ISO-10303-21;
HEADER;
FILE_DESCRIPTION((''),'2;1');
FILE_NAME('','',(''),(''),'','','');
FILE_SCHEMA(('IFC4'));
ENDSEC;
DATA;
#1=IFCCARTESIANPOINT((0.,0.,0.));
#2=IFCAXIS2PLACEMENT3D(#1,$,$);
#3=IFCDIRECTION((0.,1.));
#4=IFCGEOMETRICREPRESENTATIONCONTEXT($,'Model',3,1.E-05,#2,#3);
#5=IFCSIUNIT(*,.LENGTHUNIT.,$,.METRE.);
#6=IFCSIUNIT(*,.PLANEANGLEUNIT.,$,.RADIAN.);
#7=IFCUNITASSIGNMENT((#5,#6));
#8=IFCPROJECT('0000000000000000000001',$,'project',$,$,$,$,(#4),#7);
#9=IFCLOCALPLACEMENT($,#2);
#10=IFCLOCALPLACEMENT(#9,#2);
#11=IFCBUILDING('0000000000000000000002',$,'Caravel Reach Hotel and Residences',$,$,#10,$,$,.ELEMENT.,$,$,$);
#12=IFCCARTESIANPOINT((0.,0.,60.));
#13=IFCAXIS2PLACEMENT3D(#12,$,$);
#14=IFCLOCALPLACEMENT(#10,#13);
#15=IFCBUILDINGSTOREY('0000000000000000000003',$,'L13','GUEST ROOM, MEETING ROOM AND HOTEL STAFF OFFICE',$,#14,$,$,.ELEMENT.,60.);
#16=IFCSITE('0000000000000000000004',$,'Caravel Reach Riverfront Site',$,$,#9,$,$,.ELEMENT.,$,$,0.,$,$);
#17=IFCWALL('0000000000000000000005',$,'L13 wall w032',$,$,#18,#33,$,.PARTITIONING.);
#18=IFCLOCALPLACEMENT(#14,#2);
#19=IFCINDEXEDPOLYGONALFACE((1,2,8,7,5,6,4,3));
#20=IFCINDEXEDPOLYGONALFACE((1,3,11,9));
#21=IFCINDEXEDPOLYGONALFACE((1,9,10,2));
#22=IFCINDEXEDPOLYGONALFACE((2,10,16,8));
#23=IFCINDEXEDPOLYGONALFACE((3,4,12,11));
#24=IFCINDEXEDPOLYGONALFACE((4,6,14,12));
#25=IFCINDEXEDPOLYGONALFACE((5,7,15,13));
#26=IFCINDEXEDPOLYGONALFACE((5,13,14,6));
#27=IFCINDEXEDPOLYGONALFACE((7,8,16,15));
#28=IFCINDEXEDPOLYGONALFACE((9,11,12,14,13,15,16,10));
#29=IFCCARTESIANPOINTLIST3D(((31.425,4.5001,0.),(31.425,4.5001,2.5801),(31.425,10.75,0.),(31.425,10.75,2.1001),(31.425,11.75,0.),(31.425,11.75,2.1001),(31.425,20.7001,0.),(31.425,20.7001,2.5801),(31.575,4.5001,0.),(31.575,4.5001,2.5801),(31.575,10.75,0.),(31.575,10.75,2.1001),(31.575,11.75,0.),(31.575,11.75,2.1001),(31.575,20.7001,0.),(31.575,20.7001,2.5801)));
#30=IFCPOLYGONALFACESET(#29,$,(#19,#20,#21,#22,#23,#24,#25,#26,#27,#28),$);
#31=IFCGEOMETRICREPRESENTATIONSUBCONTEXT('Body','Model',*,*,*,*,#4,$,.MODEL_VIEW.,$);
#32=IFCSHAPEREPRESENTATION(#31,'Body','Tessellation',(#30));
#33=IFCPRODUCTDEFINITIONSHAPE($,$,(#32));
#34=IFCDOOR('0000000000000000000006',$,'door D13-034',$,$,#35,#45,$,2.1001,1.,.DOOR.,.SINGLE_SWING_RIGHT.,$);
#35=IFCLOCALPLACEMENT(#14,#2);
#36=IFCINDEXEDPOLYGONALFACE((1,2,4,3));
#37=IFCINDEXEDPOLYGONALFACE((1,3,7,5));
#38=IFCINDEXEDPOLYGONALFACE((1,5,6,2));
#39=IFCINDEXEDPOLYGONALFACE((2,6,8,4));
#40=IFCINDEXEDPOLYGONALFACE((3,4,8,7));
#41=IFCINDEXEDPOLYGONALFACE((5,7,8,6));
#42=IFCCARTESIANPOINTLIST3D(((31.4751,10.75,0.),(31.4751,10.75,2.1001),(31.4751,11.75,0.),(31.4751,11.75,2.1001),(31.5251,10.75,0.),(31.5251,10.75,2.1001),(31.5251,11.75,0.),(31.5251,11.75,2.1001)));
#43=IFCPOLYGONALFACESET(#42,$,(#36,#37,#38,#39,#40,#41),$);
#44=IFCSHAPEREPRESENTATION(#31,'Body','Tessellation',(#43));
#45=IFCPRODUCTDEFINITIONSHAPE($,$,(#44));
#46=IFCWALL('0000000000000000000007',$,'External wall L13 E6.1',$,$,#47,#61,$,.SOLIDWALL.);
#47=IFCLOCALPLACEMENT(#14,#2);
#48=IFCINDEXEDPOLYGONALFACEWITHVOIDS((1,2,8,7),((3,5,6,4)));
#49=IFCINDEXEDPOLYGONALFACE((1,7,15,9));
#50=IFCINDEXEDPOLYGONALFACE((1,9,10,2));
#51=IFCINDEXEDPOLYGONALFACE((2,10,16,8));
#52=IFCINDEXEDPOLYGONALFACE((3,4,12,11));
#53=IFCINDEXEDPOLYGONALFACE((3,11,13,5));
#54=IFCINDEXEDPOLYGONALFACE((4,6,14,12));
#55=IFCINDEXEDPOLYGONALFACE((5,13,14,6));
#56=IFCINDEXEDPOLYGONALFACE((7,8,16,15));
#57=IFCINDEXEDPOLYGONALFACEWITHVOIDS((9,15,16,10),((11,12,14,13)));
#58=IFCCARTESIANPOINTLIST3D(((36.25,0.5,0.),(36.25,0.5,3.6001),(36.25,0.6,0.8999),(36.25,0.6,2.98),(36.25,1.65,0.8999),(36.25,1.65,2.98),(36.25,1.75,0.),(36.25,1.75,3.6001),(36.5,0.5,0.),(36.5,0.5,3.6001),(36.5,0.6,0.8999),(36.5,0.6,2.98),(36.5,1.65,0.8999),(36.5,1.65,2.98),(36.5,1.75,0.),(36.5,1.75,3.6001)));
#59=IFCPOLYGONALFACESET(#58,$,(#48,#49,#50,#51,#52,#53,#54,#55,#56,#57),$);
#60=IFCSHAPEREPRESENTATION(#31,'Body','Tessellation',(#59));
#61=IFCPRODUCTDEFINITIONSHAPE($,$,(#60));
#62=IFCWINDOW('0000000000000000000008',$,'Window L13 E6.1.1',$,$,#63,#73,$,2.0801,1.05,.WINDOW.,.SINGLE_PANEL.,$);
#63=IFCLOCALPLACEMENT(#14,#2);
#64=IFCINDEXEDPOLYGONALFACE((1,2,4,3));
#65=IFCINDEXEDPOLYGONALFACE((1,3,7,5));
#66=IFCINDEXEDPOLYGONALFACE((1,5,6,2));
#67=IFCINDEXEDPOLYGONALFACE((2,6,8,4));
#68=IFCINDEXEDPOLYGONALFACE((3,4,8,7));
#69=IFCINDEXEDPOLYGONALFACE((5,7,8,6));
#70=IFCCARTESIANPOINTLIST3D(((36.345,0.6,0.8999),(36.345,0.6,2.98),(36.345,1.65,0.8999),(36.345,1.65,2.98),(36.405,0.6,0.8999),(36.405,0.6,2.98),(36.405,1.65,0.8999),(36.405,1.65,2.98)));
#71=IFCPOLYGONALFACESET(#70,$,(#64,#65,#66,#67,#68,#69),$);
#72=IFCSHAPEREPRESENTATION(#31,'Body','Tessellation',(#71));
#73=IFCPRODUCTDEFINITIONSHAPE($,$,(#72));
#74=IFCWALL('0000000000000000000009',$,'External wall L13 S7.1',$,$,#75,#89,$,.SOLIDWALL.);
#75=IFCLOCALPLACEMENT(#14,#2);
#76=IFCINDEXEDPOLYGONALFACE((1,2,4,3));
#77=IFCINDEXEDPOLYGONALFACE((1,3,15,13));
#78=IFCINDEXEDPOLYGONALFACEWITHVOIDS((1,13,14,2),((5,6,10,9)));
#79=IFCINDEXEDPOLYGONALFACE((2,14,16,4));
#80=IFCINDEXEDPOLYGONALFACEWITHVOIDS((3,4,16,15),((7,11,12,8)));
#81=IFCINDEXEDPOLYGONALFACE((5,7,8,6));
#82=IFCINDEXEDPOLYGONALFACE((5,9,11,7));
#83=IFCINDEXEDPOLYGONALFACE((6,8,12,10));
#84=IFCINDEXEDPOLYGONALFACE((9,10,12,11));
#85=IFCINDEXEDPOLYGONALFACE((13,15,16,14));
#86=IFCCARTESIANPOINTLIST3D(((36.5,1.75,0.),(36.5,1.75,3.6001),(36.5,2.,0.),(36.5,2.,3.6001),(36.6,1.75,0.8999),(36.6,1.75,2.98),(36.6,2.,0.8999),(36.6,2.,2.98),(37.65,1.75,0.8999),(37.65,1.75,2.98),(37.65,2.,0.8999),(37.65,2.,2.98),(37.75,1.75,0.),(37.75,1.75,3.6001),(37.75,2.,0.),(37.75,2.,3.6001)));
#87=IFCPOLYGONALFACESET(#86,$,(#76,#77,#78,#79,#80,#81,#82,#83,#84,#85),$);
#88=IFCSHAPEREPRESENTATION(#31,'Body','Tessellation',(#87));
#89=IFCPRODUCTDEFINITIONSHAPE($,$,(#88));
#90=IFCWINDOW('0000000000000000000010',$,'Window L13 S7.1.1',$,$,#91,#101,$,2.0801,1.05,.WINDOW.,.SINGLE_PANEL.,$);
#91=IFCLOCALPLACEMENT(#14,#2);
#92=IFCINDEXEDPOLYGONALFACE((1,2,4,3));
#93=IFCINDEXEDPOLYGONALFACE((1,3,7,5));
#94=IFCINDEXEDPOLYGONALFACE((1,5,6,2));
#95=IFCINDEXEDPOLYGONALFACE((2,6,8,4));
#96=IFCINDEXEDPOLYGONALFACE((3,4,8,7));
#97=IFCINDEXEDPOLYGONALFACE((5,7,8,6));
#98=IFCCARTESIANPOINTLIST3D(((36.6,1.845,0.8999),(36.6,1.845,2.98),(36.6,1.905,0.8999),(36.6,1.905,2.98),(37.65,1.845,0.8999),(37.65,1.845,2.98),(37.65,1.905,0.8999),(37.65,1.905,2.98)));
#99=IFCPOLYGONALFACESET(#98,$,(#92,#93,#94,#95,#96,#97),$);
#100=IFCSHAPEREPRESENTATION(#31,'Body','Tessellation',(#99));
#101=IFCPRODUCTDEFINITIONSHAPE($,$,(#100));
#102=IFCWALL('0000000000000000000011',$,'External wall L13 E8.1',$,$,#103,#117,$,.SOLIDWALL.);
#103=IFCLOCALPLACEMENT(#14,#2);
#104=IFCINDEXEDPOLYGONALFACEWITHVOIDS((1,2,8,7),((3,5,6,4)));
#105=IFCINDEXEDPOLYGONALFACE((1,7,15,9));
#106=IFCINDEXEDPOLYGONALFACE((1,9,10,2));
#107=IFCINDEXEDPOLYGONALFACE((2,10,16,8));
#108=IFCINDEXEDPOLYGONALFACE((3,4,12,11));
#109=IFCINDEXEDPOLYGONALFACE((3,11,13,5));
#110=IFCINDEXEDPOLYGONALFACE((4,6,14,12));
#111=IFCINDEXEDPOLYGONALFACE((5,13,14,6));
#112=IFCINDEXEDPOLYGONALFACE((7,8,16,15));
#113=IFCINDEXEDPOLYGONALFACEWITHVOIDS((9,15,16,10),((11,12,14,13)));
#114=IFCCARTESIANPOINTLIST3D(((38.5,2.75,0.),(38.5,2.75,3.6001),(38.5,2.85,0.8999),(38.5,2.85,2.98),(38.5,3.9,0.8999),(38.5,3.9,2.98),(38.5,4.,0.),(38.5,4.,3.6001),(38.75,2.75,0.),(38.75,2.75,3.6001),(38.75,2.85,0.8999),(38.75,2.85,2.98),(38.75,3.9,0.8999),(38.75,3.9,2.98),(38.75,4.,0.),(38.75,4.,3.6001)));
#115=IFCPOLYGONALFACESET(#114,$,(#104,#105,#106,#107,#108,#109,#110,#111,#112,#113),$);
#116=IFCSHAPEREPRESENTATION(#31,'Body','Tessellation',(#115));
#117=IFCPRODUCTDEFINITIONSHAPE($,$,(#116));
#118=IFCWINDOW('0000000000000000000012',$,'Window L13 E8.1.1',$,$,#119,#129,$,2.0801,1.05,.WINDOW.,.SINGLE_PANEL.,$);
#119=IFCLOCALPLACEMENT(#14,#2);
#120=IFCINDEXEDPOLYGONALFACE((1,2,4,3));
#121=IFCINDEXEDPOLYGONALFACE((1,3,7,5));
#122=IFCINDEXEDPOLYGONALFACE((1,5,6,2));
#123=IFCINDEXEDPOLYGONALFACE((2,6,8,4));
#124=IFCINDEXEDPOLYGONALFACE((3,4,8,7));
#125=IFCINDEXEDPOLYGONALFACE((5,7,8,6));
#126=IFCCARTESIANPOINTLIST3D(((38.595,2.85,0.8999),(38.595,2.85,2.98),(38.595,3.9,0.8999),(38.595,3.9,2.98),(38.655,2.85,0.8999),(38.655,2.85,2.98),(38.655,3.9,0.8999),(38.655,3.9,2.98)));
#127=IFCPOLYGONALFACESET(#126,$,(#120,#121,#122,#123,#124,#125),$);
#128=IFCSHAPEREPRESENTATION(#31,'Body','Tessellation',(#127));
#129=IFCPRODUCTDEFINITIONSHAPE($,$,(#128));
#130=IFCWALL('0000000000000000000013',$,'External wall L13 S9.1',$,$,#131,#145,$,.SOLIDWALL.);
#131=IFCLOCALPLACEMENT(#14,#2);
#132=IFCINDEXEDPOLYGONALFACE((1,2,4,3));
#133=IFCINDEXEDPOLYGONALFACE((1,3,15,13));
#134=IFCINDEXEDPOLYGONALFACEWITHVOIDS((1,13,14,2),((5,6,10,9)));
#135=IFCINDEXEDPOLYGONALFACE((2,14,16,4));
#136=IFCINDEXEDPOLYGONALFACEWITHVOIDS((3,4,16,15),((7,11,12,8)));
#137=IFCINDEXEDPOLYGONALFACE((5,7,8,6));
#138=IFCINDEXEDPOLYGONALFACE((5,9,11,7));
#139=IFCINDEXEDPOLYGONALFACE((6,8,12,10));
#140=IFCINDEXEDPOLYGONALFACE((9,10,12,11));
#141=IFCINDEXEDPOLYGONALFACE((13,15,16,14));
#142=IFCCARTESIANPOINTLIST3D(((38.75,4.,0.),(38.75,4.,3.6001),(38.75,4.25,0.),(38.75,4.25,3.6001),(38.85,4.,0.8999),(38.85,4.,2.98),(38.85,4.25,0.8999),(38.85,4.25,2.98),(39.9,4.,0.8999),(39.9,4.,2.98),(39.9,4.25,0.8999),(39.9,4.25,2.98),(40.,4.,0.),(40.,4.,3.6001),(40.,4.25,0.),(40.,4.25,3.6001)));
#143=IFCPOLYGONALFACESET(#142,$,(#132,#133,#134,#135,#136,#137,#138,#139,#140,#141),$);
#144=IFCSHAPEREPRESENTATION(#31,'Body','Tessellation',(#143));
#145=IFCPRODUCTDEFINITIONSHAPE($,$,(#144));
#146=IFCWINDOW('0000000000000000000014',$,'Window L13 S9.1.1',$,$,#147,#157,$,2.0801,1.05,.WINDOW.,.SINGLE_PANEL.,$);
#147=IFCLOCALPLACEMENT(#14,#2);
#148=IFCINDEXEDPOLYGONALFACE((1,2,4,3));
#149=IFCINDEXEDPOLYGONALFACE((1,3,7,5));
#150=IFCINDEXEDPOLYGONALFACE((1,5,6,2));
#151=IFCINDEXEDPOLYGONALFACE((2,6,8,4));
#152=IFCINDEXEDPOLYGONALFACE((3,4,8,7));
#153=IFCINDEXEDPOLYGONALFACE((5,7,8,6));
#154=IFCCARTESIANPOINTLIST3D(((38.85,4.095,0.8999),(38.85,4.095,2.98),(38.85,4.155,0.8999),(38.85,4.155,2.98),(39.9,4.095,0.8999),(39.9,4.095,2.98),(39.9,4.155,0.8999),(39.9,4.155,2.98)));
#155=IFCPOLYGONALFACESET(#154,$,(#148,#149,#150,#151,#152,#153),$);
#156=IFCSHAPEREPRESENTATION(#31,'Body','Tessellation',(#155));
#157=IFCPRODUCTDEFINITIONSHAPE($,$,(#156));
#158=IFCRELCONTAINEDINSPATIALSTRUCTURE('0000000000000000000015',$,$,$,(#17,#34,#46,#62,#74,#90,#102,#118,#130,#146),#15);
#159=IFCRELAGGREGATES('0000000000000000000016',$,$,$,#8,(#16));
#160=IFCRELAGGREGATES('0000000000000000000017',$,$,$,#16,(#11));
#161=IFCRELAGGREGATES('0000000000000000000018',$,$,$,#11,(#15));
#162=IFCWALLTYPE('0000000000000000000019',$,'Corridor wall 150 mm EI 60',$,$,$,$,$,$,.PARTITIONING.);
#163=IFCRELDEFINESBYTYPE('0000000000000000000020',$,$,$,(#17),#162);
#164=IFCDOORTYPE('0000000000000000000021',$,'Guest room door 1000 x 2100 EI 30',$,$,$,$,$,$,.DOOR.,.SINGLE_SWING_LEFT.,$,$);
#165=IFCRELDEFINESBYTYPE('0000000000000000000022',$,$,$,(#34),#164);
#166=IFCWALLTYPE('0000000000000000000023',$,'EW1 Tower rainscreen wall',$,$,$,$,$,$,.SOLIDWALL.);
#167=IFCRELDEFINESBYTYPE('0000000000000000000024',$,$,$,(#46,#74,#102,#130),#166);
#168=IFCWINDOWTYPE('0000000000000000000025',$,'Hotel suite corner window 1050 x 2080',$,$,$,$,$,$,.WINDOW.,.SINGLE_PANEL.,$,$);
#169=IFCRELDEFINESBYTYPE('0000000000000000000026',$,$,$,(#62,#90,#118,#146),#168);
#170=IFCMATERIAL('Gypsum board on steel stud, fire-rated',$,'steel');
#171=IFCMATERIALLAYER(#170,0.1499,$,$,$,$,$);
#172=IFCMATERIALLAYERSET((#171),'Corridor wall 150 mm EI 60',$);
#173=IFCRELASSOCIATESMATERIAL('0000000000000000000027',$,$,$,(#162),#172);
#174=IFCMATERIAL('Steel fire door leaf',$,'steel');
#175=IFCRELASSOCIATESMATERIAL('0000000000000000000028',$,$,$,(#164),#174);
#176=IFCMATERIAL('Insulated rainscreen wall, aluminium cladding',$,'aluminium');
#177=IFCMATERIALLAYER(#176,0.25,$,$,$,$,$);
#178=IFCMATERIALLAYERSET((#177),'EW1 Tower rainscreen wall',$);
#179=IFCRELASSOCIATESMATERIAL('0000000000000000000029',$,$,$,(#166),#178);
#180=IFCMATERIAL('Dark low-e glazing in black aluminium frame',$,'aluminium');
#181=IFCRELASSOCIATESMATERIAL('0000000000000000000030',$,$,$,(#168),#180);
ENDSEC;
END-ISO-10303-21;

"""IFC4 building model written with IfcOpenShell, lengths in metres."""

from ifc_helpers import new_model, si_unit, direction, frame, frame_2d, origin, place, context, subcontext, project, spatial, rectangle, extrude, material, layer, layer_set, type_object, element, fill, save


model = new_model("IFC4")

# Units and contexts
model_context = context("Model", 3, precision=1e-05, world=origin(), true_north=direction((0.0, 1.0)))
body_context = subcontext(model_context, "Body", "Model", "MODEL_VIEW")
ifc_project = project(units=[si_unit("LENGTHUNIT", "METRE"), si_unit("PLANEANGLEUNIT", "RADIAN")], contexts=[model_context])

# Site, building, storey
site_placement = place(None, origin())
site = spatial("IfcSite", under=ifc_project, at=site_placement, Name="Caravel Reach Riverfront Site", CompositionType="ELEMENT", RefElevation=0.0)
building_placement = place(site_placement, origin())
building = spatial("IfcBuilding", under=site, at=building_placement, Name="Caravel Reach Hotel and Residences", CompositionType="ELEMENT")
storey_placement = place(building_placement, frame((0.0, 0.0, 60.0)))
storey = spatial("IfcBuildingStorey", under=building, at=storey_placement, Name="L13", Description="GUEST ROOM, MEETING ROOM AND HOTEL STAFF OFFICE", CompositionType="ELEMENT", Elevation=60.0)

# Wall, opening, door
ifc_material_1 = material(Name="Gypsum board on steel stud, fire-rated", Category="steel")
ifc_layer_1 = layer(ifc_material_1, 0.1499)
ifc_layer_set_1 = layer_set([ifc_layer_1], Name="Corridor wall 150 mm EI 60")
wall_type_1 = type_object("IfcWallType", Name="Corridor wall 150 mm EI 60", PredefinedType="PARTITIONING", material=ifc_layer_set_1)
wall_1_placement = place(storey_placement, frame((31.5, 4.5, 0.0), z_axis=(0.0, 0.0, 1.0), x_axis=(0.0, 1.0, 0.0)))
wall_1 = element("IfcWall", 1, at=wall_1_placement, inside=storey, type_object=wall_type_1, Name="L13 wall w032", PredefinedType="PARTITIONING", context=body_context, shape_type="SweptSolid", body=[
    extrude(rectangle(XDim=16.2, YDim=0.1499, at=frame_2d((8.1001, 0.0))), origin(), (0.0, 0.0, 1.0), 2.5801),
])
opening_1_placement = place(wall_1_placement, frame((6.25, 0.0, 0.0)))
opening_1 = element("IfcOpeningElement", 2, at=opening_1_placement, cuts=wall_1, PredefinedType="OPENING", context=body_context, shape_type="SweptSolid", body=[
    extrude(rectangle(XDim=1.0, YDim=2.1001, at=frame_2d((0.5, 1.05))), frame((0.0, 0.085, 0.0), z_axis=(0.0, -1.0, 0.0), x_axis=(1.0, 0.0, 0.0)), (0.0, 0.0, 1.0), 0.1699),
])
ifc_material_2 = material(Name="Steel fire door leaf", Category="steel")
door_type_1 = type_object("IfcDoorType", Name="Guest room door 1000 x 2100 EI 30", OperationType="SINGLE_SWING_LEFT", PredefinedType="DOOR", material=ifc_material_2)
door_1_placement = place(opening_1_placement, origin())
door_1 = element("IfcDoor", 3, at=door_1_placement, inside=storey, type_object=door_type_1, Name="door D13-034", OperationType="SINGLE_SWING_RIGHT", OverallHeight=2.1001, OverallWidth=1.0, PredefinedType="DOOR", context=body_context, shape_type="SweptSolid", body=[
    extrude(rectangle(XDim=1.0, YDim=2.1001, at=frame_2d((0.5, 1.05))), frame((0.0, 0.0249, 0.0), z_axis=(0.0, -1.0, 0.0), x_axis=(1.0, 0.0, 0.0)), (0.0, 0.0, 1.0), 0.05),
])
fill(opening_1, door_1)

# Walls, openings, windows
ifc_material_3 = material(Name="Insulated rainscreen wall, aluminium cladding", Category="aluminium")
ifc_layer_2 = layer(ifc_material_3, 0.25)
ifc_layer_set_2 = layer_set([ifc_layer_2], Name="EW1 Tower rainscreen wall")
wall_type_2 = type_object("IfcWallType", Name="EW1 Tower rainscreen wall", PredefinedType="SOLIDWALL", material=ifc_layer_set_2)
wall_2_placement = place(storey_placement, frame((36.375, 0.5, 0.0), z_axis=(0.0, 0.0, 1.0), x_axis=(0.0, 1.0, 0.0)))
wall_2 = element("IfcWall", 4, at=wall_2_placement, inside=storey, type_object=wall_type_2, Name="External wall L13 E6.1", PredefinedType="SOLIDWALL", context=body_context, shape_type="SweptSolid", body=[
    extrude(rectangle(XDim=1.25, YDim=0.25, at=frame_2d((0.625, 0.0))), origin(), (0.0, 0.0, 1.0), 3.6001),
])
opening_2_placement = place(wall_2_placement, frame((0.1001, 0.0, 0.8999)))
opening_2 = element("IfcOpeningElement", 5, at=opening_2_placement, cuts=wall_2, PredefinedType="OPENING", context=body_context, shape_type="SweptSolid", body=[
    extrude(rectangle(XDim=1.05, YDim=2.0801, at=frame_2d((0.5249, 1.04))), frame((0.0, 0.135, 0.0), z_axis=(0.0, -1.0, 0.0), x_axis=(1.0, 0.0, 0.0)), (0.0, 0.0, 1.0), 0.27),
])
ifc_material_4 = material(Name="Dark low-e glazing in black aluminium frame", Category="aluminium")
window_type_1 = type_object("IfcWindowType", Name="Hotel suite corner window 1050 x 2080", PartitioningType="SINGLE_PANEL", PredefinedType="WINDOW", material=ifc_material_4)
window_1_placement = place(opening_2_placement, origin())
window_1 = element("IfcWindow", 6, at=window_1_placement, inside=storey, type_object=window_type_1, Name="Window L13 E6.1.1", OverallHeight=2.0801, OverallWidth=1.05, PartitioningType="SINGLE_PANEL", PredefinedType="WINDOW", context=body_context, shape_type="SweptSolid", body=[
    extrude(rectangle(XDim=1.05, YDim=2.0801, at=frame_2d((0.5249, 1.04))), frame((0.0, 0.03, 0.0), z_axis=(0.0, -1.0, 0.0), x_axis=(1.0, 0.0, 0.0)), (0.0, 0.0, 1.0), 0.0601),
])
fill(opening_2, window_1)
wall_3_placement = place(storey_placement, frame((36.5, 1.875, 0.0), z_axis=(0.0, 0.0, 1.0), x_axis=(1.0, 0.0, 0.0)))
wall_3 = element("IfcWall", 7, at=wall_3_placement, inside=storey, type_object=wall_type_2, Name="External wall L13 S7.1", PredefinedType="SOLIDWALL", context=body_context, shape_type="SweptSolid", body=[
    extrude(rectangle(XDim=1.25, YDim=0.25, at=frame_2d((0.625, 0.0))), origin(), (0.0, 0.0, 1.0), 3.6001),
])
opening_3_placement = place(wall_3_placement, frame((0.1001, 0.0, 0.8999)))
opening_3 = element("IfcOpeningElement", 8, at=opening_3_placement, cuts=wall_3, PredefinedType="OPENING", context=body_context, shape_type="SweptSolid", body=[
    extrude(rectangle(XDim=1.05, YDim=2.0801, at=frame_2d((0.5249, 1.04))), frame((0.0, 0.135, 0.0), z_axis=(0.0, -1.0, 0.0), x_axis=(1.0, 0.0, 0.0)), (0.0, 0.0, 1.0), 0.27),
])
window_2_placement = place(opening_3_placement, origin())
window_2 = element("IfcWindow", 9, at=window_2_placement, inside=storey, type_object=window_type_1, Name="Window L13 S7.1.1", OverallHeight=2.0801, OverallWidth=1.05, PartitioningType="SINGLE_PANEL", PredefinedType="WINDOW", context=body_context, shape_type="SweptSolid", body=[
    extrude(rectangle(XDim=1.05, YDim=2.0801, at=frame_2d((0.5249, 1.04))), frame((0.0, 0.03, 0.0), z_axis=(0.0, -1.0, 0.0), x_axis=(1.0, 0.0, 0.0)), (0.0, 0.0, 1.0), 0.0601),
])
fill(opening_3, window_2)
wall_4_placement = place(storey_placement, frame((38.625, 2.75, 0.0), z_axis=(0.0, 0.0, 1.0), x_axis=(0.0, 1.0, 0.0)))
wall_4 = element("IfcWall", 10, at=wall_4_placement, inside=storey, type_object=wall_type_2, Name="External wall L13 E8.1", PredefinedType="SOLIDWALL", context=body_context, shape_type="SweptSolid", body=[
    extrude(rectangle(XDim=1.25, YDim=0.25, at=frame_2d((0.625, 0.0))), origin(), (0.0, 0.0, 1.0), 3.6001),
])
opening_4_placement = place(wall_4_placement, frame((0.1001, 0.0, 0.8999)))
opening_4 = element("IfcOpeningElement", 11, at=opening_4_placement, cuts=wall_4, PredefinedType="OPENING", context=body_context, shape_type="SweptSolid", body=[
    extrude(rectangle(XDim=1.05, YDim=2.0801, at=frame_2d((0.5249, 1.04))), frame((0.0, 0.135, 0.0), z_axis=(0.0, -1.0, 0.0), x_axis=(1.0, 0.0, 0.0)), (0.0, 0.0, 1.0), 0.27),
])
window_3_placement = place(opening_4_placement, origin())
window_3 = element("IfcWindow", 12, at=window_3_placement, inside=storey, type_object=window_type_1, Name="Window L13 E8.1.1", OverallHeight=2.0801, OverallWidth=1.05, PartitioningType="SINGLE_PANEL", PredefinedType="WINDOW", context=body_context, shape_type="SweptSolid", body=[
    extrude(rectangle(XDim=1.05, YDim=2.0801, at=frame_2d((0.5249, 1.04))), frame((0.0, 0.03, 0.0), z_axis=(0.0, -1.0, 0.0), x_axis=(1.0, 0.0, 0.0)), (0.0, 0.0, 1.0), 0.0601),
])
fill(opening_4, window_3)
wall_5_placement = place(storey_placement, frame((38.75, 4.125, 0.0), z_axis=(0.0, 0.0, 1.0), x_axis=(1.0, 0.0, 0.0)))
wall_5 = element("IfcWall", 13, at=wall_5_placement, inside=storey, type_object=wall_type_2, Name="External wall L13 S9.1", PredefinedType="SOLIDWALL", context=body_context, shape_type="SweptSolid", body=[
    extrude(rectangle(XDim=1.25, YDim=0.25, at=frame_2d((0.625, 0.0))), origin(), (0.0, 0.0, 1.0), 3.6001),
])
opening_5_placement = place(wall_5_placement, frame((0.1001, 0.0, 0.8999)))
opening_5 = element("IfcOpeningElement", 14, at=opening_5_placement, cuts=wall_5, PredefinedType="OPENING", context=body_context, shape_type="SweptSolid", body=[
    extrude(rectangle(XDim=1.05, YDim=2.0801, at=frame_2d((0.5249, 1.04))), frame((0.0, 0.135, 0.0), z_axis=(0.0, -1.0, 0.0), x_axis=(1.0, 0.0, 0.0)), (0.0, 0.0, 1.0), 0.27),
])
window_4_placement = place(opening_5_placement, origin())
window_4 = element("IfcWindow", 15, at=window_4_placement, inside=storey, type_object=window_type_1, Name="Window L13 S9.1.1", OverallHeight=2.0801, OverallWidth=1.05, PartitioningType="SINGLE_PANEL", PredefinedType="WINDOW", context=body_context, shape_type="SweptSolid", body=[
    extrude(rectangle(XDim=1.05, YDim=2.0801, at=frame_2d((0.5249, 1.04))), frame((0.0, 0.03, 0.0), z_axis=(0.0, -1.0, 0.0), x_axis=(1.0, 0.0, 0.0)), (0.0, 0.0, 1.0), 0.0601),
])
fill(opening_5, window_4)

save(model, "model.ifc")
